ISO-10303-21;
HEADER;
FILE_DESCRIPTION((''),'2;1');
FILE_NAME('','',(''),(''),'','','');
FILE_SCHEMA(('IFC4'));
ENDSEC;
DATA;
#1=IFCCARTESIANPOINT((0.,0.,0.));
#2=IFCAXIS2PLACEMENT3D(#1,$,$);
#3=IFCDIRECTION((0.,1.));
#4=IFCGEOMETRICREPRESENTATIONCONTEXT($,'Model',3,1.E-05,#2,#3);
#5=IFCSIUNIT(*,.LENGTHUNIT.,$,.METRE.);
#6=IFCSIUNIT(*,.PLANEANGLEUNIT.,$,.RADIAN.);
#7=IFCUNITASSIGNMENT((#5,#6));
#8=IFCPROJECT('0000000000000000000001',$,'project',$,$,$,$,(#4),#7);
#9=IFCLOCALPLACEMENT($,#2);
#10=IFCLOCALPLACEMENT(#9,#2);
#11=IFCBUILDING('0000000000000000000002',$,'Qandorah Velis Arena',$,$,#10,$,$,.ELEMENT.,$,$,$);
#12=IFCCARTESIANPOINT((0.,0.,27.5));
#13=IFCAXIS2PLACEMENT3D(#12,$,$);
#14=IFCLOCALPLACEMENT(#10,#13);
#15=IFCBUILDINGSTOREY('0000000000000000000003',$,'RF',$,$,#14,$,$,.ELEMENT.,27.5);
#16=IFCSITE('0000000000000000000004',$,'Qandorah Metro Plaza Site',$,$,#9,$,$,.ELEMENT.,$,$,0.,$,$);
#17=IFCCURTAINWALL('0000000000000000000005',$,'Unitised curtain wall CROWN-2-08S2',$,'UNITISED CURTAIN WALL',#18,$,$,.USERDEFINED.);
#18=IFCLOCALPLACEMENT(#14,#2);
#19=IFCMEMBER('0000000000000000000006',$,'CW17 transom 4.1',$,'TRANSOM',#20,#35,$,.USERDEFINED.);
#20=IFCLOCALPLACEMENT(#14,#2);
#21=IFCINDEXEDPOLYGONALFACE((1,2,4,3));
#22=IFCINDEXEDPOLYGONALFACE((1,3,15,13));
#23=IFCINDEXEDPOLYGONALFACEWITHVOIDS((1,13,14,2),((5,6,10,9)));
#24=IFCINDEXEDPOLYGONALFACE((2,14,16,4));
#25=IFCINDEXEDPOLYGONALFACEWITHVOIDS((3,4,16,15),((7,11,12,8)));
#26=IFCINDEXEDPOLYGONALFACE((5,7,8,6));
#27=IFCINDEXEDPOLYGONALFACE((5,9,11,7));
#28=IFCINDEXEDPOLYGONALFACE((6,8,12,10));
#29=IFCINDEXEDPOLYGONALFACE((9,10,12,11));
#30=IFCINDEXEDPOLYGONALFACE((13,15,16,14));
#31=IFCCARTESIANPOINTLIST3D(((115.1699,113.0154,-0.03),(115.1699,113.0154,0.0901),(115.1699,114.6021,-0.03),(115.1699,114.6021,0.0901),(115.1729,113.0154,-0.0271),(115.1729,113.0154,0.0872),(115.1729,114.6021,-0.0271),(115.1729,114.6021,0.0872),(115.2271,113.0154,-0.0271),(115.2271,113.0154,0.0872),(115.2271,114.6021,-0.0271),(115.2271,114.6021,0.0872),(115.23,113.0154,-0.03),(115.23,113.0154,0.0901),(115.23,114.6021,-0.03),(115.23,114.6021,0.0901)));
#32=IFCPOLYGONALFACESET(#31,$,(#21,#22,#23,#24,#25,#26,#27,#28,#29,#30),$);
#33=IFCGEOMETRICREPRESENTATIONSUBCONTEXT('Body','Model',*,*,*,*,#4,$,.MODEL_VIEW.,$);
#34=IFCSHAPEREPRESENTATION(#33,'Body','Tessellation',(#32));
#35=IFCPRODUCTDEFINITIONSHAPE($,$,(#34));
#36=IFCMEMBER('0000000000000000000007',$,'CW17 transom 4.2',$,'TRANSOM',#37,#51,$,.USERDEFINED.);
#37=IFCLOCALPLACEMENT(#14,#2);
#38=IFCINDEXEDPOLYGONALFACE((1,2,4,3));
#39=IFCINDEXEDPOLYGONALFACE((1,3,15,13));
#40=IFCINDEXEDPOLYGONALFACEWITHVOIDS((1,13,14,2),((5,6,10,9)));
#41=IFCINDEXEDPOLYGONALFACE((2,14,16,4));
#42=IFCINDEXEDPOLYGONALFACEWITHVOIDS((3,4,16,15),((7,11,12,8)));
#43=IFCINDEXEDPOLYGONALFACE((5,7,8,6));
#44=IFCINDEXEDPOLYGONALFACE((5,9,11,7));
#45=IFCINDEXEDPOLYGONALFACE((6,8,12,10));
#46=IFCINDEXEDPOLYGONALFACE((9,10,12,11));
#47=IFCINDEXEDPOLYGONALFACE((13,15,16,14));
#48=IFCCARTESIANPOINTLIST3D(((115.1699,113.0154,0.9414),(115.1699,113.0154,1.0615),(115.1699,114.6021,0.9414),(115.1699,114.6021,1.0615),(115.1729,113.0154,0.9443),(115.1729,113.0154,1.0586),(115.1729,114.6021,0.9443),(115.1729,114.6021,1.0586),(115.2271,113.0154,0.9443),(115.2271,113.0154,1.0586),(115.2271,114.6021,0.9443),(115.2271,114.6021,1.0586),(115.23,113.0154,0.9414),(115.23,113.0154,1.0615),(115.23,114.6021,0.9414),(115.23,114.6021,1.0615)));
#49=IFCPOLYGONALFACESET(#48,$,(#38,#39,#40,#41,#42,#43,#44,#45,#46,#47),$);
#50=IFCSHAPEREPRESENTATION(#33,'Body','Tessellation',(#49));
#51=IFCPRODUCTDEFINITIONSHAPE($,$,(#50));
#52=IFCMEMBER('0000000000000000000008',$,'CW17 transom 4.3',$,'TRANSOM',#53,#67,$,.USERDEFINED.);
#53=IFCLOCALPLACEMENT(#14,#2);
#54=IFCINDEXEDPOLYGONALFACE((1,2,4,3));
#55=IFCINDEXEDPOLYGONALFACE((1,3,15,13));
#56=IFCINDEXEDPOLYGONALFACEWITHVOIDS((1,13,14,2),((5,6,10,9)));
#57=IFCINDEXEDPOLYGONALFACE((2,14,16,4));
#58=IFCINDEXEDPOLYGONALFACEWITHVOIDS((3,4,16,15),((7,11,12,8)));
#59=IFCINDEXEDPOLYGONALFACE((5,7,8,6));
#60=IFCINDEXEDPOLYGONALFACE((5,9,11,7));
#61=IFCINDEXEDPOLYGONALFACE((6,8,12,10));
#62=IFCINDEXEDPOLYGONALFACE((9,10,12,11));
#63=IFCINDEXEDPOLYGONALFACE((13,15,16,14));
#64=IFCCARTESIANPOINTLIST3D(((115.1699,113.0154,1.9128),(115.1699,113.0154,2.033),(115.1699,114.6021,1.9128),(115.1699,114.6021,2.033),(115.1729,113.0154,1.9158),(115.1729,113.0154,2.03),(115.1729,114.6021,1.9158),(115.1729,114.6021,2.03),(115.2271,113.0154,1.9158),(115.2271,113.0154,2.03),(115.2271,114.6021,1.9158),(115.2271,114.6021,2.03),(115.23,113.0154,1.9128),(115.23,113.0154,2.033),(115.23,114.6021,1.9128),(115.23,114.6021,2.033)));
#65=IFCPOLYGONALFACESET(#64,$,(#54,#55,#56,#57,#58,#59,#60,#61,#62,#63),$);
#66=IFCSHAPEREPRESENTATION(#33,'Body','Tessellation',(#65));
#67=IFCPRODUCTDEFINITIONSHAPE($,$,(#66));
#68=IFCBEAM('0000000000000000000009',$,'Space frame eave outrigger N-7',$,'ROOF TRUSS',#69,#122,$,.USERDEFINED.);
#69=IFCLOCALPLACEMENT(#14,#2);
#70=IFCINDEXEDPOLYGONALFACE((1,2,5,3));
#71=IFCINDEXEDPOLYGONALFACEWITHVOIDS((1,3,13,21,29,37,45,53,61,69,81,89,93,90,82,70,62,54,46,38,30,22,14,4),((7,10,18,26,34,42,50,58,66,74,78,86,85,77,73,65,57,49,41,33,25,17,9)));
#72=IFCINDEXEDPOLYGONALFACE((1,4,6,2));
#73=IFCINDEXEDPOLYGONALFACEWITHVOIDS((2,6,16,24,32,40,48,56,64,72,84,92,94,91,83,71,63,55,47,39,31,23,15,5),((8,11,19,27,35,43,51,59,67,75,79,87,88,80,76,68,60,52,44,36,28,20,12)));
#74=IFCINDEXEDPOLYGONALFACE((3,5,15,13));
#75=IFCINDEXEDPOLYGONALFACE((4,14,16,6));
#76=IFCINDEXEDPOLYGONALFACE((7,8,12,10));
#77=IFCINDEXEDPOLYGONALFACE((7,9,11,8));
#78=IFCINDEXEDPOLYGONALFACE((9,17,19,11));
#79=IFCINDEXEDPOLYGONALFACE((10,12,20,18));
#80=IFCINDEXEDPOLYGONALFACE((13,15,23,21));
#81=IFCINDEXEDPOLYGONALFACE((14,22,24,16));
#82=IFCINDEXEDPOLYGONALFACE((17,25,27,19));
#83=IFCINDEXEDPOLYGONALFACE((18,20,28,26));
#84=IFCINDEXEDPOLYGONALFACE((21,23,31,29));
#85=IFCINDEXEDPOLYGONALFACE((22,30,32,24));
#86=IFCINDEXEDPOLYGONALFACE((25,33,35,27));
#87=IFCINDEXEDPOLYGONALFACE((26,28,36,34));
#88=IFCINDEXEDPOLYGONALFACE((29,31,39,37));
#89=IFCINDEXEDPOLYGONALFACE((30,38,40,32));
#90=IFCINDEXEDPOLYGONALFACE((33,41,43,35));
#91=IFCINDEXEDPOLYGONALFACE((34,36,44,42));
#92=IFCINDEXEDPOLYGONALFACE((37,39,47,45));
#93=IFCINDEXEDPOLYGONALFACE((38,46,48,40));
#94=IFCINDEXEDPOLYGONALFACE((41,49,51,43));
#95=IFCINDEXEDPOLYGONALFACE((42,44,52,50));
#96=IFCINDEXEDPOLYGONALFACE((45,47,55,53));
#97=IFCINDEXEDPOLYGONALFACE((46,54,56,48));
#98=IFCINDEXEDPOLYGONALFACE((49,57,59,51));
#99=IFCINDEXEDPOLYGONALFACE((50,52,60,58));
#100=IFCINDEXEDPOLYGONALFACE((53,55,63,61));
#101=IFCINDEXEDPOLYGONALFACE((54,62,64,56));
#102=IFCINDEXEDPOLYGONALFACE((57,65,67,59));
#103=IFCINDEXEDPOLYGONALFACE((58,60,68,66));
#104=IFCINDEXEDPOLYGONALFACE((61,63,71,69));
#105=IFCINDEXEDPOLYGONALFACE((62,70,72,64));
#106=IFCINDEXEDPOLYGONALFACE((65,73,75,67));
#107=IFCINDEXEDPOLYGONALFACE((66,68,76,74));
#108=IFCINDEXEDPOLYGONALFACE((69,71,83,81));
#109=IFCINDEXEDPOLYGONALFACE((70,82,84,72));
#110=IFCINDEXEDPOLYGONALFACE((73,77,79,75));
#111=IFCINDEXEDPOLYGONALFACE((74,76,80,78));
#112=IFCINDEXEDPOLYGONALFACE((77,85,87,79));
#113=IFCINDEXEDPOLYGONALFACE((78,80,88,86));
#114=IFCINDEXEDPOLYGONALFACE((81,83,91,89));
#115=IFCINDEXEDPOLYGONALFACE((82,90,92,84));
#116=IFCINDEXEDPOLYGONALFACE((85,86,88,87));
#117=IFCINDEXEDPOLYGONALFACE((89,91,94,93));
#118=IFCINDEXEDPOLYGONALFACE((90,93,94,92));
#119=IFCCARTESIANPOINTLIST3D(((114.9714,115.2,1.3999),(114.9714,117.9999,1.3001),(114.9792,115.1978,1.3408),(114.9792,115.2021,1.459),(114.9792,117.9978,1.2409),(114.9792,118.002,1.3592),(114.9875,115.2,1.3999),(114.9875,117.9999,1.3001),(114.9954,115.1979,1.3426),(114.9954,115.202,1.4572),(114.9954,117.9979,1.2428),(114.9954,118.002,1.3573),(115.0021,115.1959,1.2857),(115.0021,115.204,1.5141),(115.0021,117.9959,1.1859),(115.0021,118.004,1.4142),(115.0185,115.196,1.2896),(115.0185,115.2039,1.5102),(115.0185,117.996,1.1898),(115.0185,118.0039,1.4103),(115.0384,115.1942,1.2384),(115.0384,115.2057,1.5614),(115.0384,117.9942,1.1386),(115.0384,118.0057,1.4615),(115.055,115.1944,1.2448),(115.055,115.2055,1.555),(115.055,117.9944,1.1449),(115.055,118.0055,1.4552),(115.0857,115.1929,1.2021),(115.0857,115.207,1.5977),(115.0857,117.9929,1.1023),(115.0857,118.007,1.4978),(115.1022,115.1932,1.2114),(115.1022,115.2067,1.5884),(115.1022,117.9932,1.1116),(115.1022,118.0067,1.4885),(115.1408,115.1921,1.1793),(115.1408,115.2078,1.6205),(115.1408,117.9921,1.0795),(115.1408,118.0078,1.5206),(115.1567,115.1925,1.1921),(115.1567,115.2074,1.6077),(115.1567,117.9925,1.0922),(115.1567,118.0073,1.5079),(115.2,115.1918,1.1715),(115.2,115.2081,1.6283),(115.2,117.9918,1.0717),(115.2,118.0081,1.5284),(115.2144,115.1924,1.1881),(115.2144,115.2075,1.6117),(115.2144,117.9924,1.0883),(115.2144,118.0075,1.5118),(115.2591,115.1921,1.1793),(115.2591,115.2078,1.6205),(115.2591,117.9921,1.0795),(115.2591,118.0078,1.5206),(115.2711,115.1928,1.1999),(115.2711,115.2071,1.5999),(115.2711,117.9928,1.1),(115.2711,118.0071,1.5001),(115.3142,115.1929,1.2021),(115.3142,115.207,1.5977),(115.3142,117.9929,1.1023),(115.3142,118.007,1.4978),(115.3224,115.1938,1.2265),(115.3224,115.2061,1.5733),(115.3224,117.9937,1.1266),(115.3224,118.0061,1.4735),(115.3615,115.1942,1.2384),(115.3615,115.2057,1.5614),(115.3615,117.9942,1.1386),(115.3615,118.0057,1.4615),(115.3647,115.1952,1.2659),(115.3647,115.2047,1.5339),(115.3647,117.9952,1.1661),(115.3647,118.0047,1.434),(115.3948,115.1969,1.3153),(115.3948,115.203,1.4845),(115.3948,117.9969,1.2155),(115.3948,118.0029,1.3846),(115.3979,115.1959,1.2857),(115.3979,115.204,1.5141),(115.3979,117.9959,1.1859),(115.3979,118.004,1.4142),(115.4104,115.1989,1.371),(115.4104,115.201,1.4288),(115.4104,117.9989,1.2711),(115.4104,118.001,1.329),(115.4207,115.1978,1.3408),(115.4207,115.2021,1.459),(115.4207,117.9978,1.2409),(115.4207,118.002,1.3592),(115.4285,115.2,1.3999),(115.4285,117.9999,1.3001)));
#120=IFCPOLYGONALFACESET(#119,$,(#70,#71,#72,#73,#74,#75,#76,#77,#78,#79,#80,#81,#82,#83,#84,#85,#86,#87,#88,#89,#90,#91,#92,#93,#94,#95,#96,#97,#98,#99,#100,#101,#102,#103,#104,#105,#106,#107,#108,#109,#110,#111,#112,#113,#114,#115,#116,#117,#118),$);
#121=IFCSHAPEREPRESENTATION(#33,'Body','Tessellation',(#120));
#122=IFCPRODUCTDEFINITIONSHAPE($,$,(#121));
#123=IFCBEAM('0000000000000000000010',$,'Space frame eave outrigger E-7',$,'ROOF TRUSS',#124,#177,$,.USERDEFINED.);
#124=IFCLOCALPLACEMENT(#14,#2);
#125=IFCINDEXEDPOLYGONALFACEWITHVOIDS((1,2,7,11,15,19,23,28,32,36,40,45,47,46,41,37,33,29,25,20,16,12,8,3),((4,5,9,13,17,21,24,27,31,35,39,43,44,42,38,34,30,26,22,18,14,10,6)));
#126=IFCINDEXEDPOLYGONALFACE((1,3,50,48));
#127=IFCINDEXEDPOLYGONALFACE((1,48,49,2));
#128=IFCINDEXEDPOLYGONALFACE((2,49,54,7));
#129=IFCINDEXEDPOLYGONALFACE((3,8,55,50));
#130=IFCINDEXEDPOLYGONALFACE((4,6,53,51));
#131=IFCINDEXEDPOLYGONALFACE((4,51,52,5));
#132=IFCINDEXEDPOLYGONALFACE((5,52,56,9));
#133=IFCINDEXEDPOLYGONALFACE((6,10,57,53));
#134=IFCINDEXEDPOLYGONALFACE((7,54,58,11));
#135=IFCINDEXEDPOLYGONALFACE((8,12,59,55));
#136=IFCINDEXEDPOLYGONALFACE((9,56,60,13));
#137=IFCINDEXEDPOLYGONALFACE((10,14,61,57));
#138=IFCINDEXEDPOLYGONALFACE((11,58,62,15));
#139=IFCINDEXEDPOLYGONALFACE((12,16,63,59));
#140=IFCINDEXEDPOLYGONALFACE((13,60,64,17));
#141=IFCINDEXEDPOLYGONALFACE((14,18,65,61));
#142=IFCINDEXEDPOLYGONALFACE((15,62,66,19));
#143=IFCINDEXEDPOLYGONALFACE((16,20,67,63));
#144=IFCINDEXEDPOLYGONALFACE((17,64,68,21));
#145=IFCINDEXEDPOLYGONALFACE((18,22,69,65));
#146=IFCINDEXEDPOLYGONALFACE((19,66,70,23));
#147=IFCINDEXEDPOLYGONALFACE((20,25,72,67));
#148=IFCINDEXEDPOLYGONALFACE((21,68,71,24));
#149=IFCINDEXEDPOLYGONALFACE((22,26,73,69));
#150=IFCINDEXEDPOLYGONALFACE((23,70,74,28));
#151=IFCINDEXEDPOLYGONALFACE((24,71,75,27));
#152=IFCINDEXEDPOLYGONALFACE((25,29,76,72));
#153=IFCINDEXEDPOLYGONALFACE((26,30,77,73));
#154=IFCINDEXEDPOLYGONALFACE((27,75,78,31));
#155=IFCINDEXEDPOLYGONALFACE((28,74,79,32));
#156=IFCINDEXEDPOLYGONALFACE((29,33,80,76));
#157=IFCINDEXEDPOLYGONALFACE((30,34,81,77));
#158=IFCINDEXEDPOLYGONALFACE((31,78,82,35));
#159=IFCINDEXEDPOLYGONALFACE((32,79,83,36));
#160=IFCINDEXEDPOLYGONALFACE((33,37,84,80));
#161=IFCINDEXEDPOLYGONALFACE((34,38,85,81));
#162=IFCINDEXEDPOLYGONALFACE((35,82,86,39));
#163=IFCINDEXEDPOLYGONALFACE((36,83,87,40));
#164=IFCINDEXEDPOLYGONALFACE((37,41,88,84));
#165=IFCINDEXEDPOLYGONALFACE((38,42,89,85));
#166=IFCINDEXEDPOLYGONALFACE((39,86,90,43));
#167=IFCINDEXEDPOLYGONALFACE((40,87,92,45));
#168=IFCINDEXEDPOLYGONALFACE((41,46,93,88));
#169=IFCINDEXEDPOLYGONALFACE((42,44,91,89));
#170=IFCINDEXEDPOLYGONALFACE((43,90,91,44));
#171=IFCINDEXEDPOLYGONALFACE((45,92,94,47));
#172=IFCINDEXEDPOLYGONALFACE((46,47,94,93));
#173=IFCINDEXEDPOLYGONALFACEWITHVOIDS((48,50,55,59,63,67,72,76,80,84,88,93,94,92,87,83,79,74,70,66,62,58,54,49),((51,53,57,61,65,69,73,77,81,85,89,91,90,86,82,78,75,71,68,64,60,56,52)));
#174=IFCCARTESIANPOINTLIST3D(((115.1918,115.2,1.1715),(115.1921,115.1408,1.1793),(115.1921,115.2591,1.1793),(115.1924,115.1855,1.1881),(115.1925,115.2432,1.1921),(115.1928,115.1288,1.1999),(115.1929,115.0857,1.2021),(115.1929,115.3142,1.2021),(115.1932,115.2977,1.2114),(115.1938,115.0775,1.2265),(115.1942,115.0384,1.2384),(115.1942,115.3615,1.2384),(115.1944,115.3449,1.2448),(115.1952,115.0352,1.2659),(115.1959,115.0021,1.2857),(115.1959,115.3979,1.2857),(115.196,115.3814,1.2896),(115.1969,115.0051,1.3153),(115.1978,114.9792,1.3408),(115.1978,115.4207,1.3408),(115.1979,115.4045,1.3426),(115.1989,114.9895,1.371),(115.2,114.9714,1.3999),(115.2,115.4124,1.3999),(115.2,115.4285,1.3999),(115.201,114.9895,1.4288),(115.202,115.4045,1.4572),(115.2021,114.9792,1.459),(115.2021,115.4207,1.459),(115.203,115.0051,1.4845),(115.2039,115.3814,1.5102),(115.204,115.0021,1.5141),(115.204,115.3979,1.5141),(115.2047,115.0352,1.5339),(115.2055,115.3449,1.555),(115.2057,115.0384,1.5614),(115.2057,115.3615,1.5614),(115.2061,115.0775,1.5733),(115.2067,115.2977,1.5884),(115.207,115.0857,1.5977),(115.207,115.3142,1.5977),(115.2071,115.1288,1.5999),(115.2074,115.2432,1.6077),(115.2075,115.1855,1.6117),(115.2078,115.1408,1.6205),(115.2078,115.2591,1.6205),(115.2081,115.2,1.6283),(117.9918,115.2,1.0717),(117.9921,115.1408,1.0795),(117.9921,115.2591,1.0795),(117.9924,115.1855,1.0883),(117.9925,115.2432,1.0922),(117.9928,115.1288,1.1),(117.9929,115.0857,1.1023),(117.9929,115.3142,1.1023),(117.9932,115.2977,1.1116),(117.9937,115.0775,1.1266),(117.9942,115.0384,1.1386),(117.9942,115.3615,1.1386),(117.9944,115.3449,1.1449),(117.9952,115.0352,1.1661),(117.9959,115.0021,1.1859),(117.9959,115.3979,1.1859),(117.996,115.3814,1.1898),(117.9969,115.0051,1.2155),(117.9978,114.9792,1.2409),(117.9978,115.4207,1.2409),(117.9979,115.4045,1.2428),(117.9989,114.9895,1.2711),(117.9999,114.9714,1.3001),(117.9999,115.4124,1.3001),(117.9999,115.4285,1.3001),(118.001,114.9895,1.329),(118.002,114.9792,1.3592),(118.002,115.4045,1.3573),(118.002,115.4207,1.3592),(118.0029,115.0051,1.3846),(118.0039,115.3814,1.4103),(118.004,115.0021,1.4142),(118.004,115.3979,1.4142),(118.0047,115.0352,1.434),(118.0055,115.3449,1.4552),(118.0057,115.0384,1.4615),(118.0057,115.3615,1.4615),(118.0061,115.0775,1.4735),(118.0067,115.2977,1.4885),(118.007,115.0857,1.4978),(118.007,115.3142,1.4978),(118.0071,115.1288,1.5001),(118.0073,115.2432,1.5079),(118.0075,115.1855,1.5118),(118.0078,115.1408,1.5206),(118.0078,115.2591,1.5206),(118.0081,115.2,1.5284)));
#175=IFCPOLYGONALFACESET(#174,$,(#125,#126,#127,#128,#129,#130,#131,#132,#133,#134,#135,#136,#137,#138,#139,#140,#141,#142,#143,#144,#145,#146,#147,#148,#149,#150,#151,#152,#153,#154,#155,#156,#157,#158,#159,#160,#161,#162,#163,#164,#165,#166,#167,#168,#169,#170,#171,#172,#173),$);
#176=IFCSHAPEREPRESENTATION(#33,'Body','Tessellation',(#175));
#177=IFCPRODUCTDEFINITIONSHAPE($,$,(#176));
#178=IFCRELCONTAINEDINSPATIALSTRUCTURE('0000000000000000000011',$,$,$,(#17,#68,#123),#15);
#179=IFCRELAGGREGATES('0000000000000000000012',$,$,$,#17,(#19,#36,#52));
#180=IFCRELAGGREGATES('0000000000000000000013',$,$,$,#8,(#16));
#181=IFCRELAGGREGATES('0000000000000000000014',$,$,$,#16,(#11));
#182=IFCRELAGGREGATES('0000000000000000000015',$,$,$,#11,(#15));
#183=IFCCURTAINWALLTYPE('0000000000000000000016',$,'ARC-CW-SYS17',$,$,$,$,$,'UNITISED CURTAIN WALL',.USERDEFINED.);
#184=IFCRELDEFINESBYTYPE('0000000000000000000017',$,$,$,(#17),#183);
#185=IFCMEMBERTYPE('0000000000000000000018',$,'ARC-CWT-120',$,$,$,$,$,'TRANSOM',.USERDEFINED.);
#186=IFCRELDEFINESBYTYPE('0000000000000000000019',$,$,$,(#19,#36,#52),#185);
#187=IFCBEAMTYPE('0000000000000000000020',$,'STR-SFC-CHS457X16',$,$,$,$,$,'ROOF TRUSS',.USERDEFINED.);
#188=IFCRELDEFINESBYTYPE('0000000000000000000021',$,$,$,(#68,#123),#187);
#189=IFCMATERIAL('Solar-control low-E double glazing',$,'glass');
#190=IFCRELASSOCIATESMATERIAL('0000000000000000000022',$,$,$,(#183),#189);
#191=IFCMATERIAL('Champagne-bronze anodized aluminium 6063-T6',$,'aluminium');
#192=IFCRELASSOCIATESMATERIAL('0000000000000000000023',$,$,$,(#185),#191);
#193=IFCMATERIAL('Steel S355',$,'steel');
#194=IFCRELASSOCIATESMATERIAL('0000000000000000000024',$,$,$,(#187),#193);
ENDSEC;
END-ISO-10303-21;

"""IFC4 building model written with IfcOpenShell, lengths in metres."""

from ifc_helpers import new_model, si_unit, direction, frame, origin, origin_2d, place, context, subcontext, project, spatial, hollow_rectangle, hollow_circle, extrude, material, material_profile, profile_set, type_object, element, aggregate, save


model = new_model("IFC4")

# Units and contexts
model_context = context("Model", 3, precision=1e-05, world=origin(), true_north=direction((0.0, 1.0)))
body_context = subcontext(model_context, "Body", "Model", "MODEL_VIEW")
ifc_project = project(units=[si_unit("LENGTHUNIT", "METRE"), si_unit("PLANEANGLEUNIT", "RADIAN")], contexts=[model_context])

# Site, building, storey
site_placement = place(None, origin())
site = spatial("IfcSite", under=ifc_project, at=site_placement, Name="Qandorah Metro Plaza Site", CompositionType="ELEMENT", RefElevation=0.0)
building_placement = place(site_placement, origin())
building = spatial("IfcBuilding", under=site, at=building_placement, Name="Qandorah Velis Arena", CompositionType="ELEMENT")
storey_placement = place(building_placement, frame((0.0, 0.0, 27.5)))
storey = spatial("IfcBuildingStorey", under=building, at=storey_placement, Name="RF", CompositionType="ELEMENT", Elevation=27.5)

# Curtain wall
ifc_material_1 = material(Name="Solar-control low-E double glazing", Category="glass")
curtain_wall_type_1 = type_object("IfcCurtainWallType", Name="ARC-CW-SYS17", ElementType="UNITISED CURTAIN WALL", PredefinedType="USERDEFINED", material=ifc_material_1)
curtain_wall_1_placement = place(storey_placement, origin())
curtain_wall_1 = element("IfcCurtainWall", 1, at=curtain_wall_1_placement, inside=storey, type_object=curtain_wall_type_1, Name="Unitised curtain wall CROWN-2-08S2", ObjectType="UNITISED CURTAIN WALL", PredefinedType="USERDEFINED")
ifc_material_2 = material(Name="Champagne-bronze anodized aluminium 6063-T6", Category="aluminium")

# Members
ifc_material_profile_1 = material_profile(ifc_material_2, hollow_rectangle(XDim=0.0601, YDim=0.1201, WallThickness=0.0029, at=origin_2d()), Name="ALU TRANSOM 60x120")
ifc_profile_set_1 = profile_set([ifc_material_profile_1], Name="Champagne-bronze anodized aluminium 6063-T6")
member_type_1 = type_object("IfcMemberType", Name="ARC-CWT-120", ElementType="TRANSOM", PredefinedType="USERDEFINED", material=ifc_profile_set_1)
member_1_placement = place(storey_placement, frame((115.2, 113.0154, 0.03), z_axis=(0.0, 1.0, 0.0), x_axis=(-1.0, 0.0, 0.0)))
member_1 = element("IfcMember", 2, at=member_1_placement, type_object=member_type_1, Name="CW17 transom 4.1", ObjectType="TRANSOM", PredefinedType="USERDEFINED", context=body_context, shape_type="SweptSolid", body=[
    extrude(hollow_rectangle(XDim=0.0601, YDim=0.1201, WallThickness=0.0029, at=origin_2d()), origin(), (0.0, 0.0, 1.0), 1.5867),
])
member_2_placement = place(storey_placement, frame((115.2, 113.0154, 1.0015), z_axis=(0.0, 1.0, 0.0), x_axis=(-1.0, 0.0, 0.0)))
member_2 = element("IfcMember", 3, at=member_2_placement, type_object=member_type_1, Name="CW17 transom 4.2", ObjectType="TRANSOM", PredefinedType="USERDEFINED", context=body_context, shape_type="SweptSolid", body=[
    extrude(hollow_rectangle(XDim=0.0601, YDim=0.1201, WallThickness=0.0029, at=origin_2d()), origin(), (0.0, 0.0, 1.0), 1.5867),
])
member_3_placement = place(storey_placement, frame((115.2, 113.0154, 1.9729), z_axis=(0.0, 1.0, 0.0), x_axis=(-1.0, 0.0, 0.0)))
member_3 = element("IfcMember", 4, at=member_3_placement, type_object=member_type_1, Name="CW17 transom 4.3", ObjectType="TRANSOM", PredefinedType="USERDEFINED", context=body_context, shape_type="SweptSolid", body=[
    extrude(hollow_rectangle(XDim=0.0601, YDim=0.1201, WallThickness=0.0029, at=origin_2d()), origin(), (0.0, 0.0, 1.0), 1.5867),
])

# Beams
ifc_material_3 = material(Name="Steel S355", Category="steel")
ifc_material_profile_2 = material_profile(ifc_material_3, hollow_circle(Radius=0.2285, WallThickness=0.0161, at=origin_2d()), Name="CHS 457x16")
ifc_profile_set_2 = profile_set([ifc_material_profile_2], Name="Steel S355")
beam_type = type_object("IfcBeamType", Name="STR-SFC-CHS457X16", ElementType="ROOF TRUSS", PredefinedType="USERDEFINED", material=ifc_profile_set_2)
for number, where, z_axis, x_axis, name in (
    (5, (115.2, 115.2, 1.3999), (0.0, 0.999365, -0.035639), (-1.0, 0.0, 0.0), "Space frame eave outrigger N-7"),
    (6, (115.2, 115.2, 1.3999), (0.999365, 0.0, -0.035639), (0.0, 1.0, 0.0), "Space frame eave outrigger E-7"),
):
    element("IfcBeam", number, at=place(storey_placement, frame(where, z_axis=z_axis, x_axis=x_axis)), inside=storey, type_object=beam_type, Name=name, ObjectType="ROOF TRUSS", PredefinedType="USERDEFINED", context=body_context, shape_type="SweptSolid", body=[
        extrude(hollow_circle(Radius=0.2285, WallThickness=0.0161, at=origin_2d()), origin(), (0.0, 0.0, 1.0), 2.8018),
    ])

aggregate(curtain_wall_1, [member_1, member_2, member_3])

save(model, "model.ifc")
